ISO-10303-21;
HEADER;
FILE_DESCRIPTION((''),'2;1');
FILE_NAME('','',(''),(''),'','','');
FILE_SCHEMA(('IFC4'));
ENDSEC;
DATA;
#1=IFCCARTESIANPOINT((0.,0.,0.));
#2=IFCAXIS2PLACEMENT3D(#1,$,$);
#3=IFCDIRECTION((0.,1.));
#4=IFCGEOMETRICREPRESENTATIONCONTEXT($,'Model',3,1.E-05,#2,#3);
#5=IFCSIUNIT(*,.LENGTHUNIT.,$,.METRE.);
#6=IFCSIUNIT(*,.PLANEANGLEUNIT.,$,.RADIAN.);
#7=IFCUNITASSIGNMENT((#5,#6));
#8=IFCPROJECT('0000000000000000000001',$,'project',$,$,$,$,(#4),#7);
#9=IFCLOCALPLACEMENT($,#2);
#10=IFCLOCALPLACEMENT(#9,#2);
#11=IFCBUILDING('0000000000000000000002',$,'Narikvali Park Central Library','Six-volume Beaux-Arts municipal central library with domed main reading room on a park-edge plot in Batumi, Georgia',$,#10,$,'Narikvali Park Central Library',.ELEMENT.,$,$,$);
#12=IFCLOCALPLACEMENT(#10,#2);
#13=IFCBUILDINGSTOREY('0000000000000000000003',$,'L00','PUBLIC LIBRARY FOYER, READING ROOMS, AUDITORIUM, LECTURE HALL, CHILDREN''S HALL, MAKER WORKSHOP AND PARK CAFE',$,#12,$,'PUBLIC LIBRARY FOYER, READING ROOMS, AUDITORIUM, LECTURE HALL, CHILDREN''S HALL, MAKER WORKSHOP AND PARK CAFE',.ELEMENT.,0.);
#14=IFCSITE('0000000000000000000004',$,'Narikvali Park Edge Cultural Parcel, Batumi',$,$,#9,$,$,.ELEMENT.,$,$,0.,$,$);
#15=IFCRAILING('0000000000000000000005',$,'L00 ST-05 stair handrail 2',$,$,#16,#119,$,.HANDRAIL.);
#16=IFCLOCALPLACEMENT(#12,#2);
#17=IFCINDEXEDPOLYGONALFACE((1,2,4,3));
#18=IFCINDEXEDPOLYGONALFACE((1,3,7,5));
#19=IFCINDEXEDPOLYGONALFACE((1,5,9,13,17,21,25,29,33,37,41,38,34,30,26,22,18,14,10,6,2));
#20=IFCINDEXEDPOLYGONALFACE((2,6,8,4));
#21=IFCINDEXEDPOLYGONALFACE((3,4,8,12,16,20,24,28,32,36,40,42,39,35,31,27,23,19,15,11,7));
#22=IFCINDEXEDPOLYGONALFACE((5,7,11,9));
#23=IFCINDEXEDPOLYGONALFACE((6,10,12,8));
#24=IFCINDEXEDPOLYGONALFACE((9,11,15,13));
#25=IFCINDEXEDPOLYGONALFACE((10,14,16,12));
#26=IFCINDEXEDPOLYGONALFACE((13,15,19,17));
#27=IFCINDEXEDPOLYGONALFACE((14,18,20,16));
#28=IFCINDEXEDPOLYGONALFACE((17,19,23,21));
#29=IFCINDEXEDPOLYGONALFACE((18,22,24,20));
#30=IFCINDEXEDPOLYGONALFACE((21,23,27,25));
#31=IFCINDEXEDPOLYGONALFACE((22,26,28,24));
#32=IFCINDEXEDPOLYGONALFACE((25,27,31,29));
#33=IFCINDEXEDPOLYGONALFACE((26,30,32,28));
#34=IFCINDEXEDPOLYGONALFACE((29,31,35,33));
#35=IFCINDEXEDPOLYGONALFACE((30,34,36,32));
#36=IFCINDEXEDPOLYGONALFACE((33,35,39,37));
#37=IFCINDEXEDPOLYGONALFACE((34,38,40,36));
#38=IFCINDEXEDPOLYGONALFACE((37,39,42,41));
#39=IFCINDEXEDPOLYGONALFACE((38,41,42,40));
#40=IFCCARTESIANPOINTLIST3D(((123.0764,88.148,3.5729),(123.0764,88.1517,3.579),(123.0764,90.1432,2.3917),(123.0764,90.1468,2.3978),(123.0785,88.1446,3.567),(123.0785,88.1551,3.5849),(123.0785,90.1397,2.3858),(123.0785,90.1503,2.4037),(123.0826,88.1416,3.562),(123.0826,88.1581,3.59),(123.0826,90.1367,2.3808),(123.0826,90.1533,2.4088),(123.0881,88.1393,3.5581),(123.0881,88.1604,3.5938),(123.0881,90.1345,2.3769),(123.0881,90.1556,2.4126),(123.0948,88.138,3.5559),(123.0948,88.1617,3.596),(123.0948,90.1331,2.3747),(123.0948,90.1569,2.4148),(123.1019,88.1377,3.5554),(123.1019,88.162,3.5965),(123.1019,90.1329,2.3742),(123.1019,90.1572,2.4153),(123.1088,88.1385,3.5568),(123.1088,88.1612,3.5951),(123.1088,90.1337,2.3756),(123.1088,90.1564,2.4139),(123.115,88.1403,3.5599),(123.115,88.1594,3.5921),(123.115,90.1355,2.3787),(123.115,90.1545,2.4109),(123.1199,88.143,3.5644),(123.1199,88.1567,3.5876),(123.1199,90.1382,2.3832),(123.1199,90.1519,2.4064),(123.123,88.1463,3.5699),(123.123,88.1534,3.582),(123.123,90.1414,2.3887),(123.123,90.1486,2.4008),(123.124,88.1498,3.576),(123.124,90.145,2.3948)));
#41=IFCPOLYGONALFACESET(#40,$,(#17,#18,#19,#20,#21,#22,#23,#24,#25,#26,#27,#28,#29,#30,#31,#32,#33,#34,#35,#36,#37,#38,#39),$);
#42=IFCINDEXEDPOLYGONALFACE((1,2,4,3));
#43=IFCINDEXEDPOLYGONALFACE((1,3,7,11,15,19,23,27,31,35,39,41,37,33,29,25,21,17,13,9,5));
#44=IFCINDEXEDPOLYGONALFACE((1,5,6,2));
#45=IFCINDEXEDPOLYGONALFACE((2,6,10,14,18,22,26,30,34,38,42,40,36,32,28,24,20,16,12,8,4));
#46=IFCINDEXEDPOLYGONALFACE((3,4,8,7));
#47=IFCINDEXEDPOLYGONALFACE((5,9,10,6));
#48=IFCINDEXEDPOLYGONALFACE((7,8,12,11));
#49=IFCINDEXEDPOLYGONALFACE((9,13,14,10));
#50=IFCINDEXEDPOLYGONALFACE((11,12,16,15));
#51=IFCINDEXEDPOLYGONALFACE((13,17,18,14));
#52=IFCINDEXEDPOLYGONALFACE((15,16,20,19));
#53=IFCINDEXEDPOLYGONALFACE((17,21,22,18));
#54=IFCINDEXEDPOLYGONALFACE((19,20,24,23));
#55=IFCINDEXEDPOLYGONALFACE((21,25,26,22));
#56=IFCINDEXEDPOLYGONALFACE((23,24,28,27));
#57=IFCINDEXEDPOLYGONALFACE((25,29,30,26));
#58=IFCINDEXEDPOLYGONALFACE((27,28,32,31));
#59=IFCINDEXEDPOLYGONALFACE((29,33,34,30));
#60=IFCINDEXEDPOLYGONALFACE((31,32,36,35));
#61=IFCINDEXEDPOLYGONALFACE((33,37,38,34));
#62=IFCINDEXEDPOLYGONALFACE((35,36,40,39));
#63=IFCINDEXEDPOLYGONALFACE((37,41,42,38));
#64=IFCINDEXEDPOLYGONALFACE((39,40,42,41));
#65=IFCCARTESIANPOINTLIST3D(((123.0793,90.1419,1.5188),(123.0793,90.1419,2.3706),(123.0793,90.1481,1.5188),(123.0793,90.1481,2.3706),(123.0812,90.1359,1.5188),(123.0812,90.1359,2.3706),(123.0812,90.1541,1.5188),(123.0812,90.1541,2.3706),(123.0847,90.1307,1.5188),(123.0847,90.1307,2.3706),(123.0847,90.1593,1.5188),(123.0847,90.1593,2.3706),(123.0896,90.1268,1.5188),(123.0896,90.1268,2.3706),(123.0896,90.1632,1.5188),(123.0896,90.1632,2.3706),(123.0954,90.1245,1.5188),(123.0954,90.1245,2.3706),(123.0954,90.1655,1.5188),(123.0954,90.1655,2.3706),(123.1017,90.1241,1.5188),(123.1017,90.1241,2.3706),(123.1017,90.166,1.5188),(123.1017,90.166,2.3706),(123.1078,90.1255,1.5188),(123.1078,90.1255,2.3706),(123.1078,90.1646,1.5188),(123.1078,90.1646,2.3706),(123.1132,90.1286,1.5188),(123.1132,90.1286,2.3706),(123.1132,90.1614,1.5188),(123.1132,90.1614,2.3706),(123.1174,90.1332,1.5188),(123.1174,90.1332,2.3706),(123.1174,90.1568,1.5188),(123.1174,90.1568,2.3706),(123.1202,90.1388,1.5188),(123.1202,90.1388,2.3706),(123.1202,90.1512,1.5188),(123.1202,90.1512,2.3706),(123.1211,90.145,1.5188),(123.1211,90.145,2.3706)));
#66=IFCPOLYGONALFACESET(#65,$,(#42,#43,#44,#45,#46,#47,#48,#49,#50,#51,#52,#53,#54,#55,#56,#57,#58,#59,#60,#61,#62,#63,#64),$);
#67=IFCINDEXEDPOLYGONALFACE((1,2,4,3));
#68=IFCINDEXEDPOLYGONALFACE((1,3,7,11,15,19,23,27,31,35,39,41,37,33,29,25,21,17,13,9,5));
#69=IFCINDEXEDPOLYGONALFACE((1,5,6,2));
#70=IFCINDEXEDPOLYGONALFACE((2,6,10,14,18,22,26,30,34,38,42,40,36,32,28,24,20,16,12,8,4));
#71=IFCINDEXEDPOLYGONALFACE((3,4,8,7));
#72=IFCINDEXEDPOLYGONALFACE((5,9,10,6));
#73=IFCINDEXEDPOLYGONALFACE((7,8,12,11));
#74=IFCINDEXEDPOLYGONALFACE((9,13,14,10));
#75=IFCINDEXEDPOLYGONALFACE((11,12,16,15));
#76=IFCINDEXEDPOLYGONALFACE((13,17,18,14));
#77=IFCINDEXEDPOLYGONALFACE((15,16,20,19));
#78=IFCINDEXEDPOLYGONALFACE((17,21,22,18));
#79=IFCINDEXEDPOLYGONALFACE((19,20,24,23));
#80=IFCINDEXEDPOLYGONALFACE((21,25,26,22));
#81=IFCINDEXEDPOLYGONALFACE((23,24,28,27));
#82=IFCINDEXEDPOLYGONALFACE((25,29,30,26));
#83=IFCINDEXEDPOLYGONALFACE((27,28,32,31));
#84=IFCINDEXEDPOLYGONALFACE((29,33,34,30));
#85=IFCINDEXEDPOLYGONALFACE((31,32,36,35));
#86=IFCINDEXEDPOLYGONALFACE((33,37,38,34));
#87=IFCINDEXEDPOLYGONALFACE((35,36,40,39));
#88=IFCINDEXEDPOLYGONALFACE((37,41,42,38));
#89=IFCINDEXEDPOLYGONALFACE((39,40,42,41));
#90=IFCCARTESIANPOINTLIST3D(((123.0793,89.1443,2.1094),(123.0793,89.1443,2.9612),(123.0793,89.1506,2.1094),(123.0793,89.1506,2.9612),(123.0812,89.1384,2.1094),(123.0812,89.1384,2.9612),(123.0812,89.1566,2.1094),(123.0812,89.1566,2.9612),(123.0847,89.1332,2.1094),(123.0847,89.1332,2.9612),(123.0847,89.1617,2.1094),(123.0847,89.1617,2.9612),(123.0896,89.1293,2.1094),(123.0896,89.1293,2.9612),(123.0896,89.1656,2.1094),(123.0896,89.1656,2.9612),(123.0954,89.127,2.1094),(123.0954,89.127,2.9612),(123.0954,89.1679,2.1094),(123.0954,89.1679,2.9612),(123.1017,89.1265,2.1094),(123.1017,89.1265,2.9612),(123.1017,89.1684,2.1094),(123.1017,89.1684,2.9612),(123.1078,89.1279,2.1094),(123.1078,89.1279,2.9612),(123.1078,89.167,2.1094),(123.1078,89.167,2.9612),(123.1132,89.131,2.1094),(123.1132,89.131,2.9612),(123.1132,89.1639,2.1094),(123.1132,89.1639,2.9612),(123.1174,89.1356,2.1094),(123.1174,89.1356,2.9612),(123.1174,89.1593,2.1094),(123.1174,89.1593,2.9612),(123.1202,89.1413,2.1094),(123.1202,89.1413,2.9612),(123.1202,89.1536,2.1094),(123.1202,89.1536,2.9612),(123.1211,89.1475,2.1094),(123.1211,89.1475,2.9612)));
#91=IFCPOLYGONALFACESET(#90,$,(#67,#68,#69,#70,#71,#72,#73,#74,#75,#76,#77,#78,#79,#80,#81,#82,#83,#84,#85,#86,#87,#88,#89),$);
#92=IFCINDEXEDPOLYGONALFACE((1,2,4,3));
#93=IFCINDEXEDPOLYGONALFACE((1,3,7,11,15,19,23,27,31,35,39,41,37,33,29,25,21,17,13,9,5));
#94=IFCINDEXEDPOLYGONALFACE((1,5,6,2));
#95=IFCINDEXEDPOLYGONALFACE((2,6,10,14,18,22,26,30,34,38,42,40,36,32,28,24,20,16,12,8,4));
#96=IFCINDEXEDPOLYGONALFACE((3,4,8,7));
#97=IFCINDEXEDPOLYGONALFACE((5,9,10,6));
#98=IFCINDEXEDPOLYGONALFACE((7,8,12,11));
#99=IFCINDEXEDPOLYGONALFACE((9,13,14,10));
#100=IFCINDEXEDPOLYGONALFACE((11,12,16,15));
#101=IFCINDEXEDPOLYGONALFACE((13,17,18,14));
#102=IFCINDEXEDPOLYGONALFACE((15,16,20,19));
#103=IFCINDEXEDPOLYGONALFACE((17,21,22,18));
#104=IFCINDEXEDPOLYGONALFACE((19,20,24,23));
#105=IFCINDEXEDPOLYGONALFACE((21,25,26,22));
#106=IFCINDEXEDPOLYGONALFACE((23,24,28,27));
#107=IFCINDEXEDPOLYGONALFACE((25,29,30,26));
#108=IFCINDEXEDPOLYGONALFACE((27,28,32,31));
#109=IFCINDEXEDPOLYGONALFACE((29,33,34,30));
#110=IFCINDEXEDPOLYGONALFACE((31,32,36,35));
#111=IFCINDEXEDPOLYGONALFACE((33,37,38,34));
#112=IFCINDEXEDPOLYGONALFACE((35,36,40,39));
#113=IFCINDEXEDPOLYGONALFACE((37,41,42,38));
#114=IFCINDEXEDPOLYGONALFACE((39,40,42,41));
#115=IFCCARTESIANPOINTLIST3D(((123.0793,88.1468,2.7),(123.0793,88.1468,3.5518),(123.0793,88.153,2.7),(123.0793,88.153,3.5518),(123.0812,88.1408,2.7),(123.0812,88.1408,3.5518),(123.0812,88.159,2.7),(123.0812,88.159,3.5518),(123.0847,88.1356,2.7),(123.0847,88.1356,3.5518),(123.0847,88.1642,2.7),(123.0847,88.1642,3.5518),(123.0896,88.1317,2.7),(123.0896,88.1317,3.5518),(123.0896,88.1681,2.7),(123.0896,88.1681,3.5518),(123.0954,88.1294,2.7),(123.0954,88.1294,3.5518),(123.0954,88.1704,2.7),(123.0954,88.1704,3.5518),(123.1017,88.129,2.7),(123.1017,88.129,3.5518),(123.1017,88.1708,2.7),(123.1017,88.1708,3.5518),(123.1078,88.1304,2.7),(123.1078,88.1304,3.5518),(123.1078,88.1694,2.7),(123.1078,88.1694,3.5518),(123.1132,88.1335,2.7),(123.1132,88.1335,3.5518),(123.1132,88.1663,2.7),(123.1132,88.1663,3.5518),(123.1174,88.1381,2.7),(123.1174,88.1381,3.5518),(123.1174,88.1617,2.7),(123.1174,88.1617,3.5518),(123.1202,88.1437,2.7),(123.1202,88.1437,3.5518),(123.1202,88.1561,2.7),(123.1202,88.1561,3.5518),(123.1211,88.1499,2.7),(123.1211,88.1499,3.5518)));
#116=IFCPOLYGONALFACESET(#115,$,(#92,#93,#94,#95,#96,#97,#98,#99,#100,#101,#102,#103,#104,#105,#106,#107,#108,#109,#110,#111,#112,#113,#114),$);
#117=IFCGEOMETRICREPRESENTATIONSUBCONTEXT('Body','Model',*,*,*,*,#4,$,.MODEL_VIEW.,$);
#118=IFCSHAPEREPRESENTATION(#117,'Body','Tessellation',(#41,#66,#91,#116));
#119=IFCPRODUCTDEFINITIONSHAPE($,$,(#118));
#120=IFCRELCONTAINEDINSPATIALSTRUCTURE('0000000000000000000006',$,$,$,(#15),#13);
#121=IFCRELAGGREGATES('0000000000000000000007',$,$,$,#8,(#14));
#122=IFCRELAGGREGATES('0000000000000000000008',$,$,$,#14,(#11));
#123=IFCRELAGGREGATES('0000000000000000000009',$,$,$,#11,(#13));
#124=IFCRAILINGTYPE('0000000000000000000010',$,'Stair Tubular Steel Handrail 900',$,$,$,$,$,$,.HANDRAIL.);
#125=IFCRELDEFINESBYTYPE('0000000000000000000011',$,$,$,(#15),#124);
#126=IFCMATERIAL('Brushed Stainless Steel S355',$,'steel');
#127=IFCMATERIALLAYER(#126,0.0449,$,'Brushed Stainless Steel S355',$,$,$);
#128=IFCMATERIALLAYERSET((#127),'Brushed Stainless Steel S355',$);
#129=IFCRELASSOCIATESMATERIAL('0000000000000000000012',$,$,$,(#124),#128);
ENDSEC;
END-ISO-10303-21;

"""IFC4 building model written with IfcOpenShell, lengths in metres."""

from ifc_helpers import new_model, si_unit, direction, frame, origin, origin_2d, place, context, subcontext, project, spatial, circle, extrude, material, layer, layer_set, type_object, element, save


model = new_model("IFC4")

# Units and contexts
model_context = context("Model", 3, precision=1e-05, world=origin(), true_north=direction((0.0, 1.0)))
body_context = subcontext(model_context, "Body", "Model", "MODEL_VIEW")
ifc_project = project(units=[si_unit("LENGTHUNIT", "METRE"), si_unit("PLANEANGLEUNIT", "RADIAN")], contexts=[model_context])

# Site, building, storey
site_placement = place(None, origin())
site = spatial("IfcSite", under=ifc_project, at=site_placement, Name="Narikvali Park Edge Cultural Parcel, Batumi", CompositionType="ELEMENT", RefElevation=0.0)
building_placement = place(site_placement, origin())
building = spatial("IfcBuilding", under=site, at=building_placement, Name="Narikvali Park Central Library", Description="Six-volume Beaux-Arts municipal central library with domed main reading room on a park-edge plot in Batumi, Georgia", LongName="Narikvali Park Central Library", CompositionType="ELEMENT")
storey_placement = place(building_placement, origin())
storey = spatial("IfcBuildingStorey", under=building, at=storey_placement, Name="L00", Description="PUBLIC LIBRARY FOYER, READING ROOMS, AUDITORIUM, LECTURE HALL, CHILDREN'S HALL, MAKER WORKSHOP AND PARK CAFE", LongName="PUBLIC LIBRARY FOYER, READING ROOMS, AUDITORIUM, LECTURE HALL, CHILDREN'S HALL, MAKER WORKSHOP AND PARK CAFE", CompositionType="ELEMENT", Elevation=0.0)

# Shared definitions
ifc_material_1 = material(Name="Brushed Stainless Steel S355", Category="steel")

# Railing
ifc_layer_1 = layer(ifc_material_1, 0.0449, Name="Brushed Stainless Steel S355")
ifc_layer_set_1 = layer_set([ifc_layer_1], Name="Brushed Stainless Steel S355")
railing_type_1 = type_object("IfcRailingType", Name="Stair Tubular Steel Handrail 900", PredefinedType="HANDRAIL", material=ifc_layer_set_1)
railing_1_placement = place(storey_placement, frame((123.1001, 90.145, 1.5188)))
element("IfcRailing", 1, at=railing_1_placement, inside=storey, type_object=railing_type_1, Name="L00 ST-05 stair handrail 2", PredefinedType="HANDRAIL", context=body_context, shape_type="SweptSolid", body=[
    extrude(circle(Radius=0.0239, at=origin_2d()), frame((0.0, 0.0, 0.876), z_axis=(0.0, -0.860507, 0.509439), x_axis=(1.0, 0.0, 0.0)), (0.0, 0.0, 1.0), 2.3186),
    extrude(circle(Radius=0.021, at=origin_2d()), origin(), (0.0, 0.0, 1.0), 0.8518),
    extrude(circle(Radius=0.021, at=origin_2d()), frame((0.0, -0.9976, 0.5906)), (0.0, 0.0, 1.0), 0.8518),
    extrude(circle(Radius=0.021, at=origin_2d()), frame((0.0, -1.9951, 1.1812)), (0.0, 0.0, 1.0), 0.8518),
])

save(model, "model.ifc")
